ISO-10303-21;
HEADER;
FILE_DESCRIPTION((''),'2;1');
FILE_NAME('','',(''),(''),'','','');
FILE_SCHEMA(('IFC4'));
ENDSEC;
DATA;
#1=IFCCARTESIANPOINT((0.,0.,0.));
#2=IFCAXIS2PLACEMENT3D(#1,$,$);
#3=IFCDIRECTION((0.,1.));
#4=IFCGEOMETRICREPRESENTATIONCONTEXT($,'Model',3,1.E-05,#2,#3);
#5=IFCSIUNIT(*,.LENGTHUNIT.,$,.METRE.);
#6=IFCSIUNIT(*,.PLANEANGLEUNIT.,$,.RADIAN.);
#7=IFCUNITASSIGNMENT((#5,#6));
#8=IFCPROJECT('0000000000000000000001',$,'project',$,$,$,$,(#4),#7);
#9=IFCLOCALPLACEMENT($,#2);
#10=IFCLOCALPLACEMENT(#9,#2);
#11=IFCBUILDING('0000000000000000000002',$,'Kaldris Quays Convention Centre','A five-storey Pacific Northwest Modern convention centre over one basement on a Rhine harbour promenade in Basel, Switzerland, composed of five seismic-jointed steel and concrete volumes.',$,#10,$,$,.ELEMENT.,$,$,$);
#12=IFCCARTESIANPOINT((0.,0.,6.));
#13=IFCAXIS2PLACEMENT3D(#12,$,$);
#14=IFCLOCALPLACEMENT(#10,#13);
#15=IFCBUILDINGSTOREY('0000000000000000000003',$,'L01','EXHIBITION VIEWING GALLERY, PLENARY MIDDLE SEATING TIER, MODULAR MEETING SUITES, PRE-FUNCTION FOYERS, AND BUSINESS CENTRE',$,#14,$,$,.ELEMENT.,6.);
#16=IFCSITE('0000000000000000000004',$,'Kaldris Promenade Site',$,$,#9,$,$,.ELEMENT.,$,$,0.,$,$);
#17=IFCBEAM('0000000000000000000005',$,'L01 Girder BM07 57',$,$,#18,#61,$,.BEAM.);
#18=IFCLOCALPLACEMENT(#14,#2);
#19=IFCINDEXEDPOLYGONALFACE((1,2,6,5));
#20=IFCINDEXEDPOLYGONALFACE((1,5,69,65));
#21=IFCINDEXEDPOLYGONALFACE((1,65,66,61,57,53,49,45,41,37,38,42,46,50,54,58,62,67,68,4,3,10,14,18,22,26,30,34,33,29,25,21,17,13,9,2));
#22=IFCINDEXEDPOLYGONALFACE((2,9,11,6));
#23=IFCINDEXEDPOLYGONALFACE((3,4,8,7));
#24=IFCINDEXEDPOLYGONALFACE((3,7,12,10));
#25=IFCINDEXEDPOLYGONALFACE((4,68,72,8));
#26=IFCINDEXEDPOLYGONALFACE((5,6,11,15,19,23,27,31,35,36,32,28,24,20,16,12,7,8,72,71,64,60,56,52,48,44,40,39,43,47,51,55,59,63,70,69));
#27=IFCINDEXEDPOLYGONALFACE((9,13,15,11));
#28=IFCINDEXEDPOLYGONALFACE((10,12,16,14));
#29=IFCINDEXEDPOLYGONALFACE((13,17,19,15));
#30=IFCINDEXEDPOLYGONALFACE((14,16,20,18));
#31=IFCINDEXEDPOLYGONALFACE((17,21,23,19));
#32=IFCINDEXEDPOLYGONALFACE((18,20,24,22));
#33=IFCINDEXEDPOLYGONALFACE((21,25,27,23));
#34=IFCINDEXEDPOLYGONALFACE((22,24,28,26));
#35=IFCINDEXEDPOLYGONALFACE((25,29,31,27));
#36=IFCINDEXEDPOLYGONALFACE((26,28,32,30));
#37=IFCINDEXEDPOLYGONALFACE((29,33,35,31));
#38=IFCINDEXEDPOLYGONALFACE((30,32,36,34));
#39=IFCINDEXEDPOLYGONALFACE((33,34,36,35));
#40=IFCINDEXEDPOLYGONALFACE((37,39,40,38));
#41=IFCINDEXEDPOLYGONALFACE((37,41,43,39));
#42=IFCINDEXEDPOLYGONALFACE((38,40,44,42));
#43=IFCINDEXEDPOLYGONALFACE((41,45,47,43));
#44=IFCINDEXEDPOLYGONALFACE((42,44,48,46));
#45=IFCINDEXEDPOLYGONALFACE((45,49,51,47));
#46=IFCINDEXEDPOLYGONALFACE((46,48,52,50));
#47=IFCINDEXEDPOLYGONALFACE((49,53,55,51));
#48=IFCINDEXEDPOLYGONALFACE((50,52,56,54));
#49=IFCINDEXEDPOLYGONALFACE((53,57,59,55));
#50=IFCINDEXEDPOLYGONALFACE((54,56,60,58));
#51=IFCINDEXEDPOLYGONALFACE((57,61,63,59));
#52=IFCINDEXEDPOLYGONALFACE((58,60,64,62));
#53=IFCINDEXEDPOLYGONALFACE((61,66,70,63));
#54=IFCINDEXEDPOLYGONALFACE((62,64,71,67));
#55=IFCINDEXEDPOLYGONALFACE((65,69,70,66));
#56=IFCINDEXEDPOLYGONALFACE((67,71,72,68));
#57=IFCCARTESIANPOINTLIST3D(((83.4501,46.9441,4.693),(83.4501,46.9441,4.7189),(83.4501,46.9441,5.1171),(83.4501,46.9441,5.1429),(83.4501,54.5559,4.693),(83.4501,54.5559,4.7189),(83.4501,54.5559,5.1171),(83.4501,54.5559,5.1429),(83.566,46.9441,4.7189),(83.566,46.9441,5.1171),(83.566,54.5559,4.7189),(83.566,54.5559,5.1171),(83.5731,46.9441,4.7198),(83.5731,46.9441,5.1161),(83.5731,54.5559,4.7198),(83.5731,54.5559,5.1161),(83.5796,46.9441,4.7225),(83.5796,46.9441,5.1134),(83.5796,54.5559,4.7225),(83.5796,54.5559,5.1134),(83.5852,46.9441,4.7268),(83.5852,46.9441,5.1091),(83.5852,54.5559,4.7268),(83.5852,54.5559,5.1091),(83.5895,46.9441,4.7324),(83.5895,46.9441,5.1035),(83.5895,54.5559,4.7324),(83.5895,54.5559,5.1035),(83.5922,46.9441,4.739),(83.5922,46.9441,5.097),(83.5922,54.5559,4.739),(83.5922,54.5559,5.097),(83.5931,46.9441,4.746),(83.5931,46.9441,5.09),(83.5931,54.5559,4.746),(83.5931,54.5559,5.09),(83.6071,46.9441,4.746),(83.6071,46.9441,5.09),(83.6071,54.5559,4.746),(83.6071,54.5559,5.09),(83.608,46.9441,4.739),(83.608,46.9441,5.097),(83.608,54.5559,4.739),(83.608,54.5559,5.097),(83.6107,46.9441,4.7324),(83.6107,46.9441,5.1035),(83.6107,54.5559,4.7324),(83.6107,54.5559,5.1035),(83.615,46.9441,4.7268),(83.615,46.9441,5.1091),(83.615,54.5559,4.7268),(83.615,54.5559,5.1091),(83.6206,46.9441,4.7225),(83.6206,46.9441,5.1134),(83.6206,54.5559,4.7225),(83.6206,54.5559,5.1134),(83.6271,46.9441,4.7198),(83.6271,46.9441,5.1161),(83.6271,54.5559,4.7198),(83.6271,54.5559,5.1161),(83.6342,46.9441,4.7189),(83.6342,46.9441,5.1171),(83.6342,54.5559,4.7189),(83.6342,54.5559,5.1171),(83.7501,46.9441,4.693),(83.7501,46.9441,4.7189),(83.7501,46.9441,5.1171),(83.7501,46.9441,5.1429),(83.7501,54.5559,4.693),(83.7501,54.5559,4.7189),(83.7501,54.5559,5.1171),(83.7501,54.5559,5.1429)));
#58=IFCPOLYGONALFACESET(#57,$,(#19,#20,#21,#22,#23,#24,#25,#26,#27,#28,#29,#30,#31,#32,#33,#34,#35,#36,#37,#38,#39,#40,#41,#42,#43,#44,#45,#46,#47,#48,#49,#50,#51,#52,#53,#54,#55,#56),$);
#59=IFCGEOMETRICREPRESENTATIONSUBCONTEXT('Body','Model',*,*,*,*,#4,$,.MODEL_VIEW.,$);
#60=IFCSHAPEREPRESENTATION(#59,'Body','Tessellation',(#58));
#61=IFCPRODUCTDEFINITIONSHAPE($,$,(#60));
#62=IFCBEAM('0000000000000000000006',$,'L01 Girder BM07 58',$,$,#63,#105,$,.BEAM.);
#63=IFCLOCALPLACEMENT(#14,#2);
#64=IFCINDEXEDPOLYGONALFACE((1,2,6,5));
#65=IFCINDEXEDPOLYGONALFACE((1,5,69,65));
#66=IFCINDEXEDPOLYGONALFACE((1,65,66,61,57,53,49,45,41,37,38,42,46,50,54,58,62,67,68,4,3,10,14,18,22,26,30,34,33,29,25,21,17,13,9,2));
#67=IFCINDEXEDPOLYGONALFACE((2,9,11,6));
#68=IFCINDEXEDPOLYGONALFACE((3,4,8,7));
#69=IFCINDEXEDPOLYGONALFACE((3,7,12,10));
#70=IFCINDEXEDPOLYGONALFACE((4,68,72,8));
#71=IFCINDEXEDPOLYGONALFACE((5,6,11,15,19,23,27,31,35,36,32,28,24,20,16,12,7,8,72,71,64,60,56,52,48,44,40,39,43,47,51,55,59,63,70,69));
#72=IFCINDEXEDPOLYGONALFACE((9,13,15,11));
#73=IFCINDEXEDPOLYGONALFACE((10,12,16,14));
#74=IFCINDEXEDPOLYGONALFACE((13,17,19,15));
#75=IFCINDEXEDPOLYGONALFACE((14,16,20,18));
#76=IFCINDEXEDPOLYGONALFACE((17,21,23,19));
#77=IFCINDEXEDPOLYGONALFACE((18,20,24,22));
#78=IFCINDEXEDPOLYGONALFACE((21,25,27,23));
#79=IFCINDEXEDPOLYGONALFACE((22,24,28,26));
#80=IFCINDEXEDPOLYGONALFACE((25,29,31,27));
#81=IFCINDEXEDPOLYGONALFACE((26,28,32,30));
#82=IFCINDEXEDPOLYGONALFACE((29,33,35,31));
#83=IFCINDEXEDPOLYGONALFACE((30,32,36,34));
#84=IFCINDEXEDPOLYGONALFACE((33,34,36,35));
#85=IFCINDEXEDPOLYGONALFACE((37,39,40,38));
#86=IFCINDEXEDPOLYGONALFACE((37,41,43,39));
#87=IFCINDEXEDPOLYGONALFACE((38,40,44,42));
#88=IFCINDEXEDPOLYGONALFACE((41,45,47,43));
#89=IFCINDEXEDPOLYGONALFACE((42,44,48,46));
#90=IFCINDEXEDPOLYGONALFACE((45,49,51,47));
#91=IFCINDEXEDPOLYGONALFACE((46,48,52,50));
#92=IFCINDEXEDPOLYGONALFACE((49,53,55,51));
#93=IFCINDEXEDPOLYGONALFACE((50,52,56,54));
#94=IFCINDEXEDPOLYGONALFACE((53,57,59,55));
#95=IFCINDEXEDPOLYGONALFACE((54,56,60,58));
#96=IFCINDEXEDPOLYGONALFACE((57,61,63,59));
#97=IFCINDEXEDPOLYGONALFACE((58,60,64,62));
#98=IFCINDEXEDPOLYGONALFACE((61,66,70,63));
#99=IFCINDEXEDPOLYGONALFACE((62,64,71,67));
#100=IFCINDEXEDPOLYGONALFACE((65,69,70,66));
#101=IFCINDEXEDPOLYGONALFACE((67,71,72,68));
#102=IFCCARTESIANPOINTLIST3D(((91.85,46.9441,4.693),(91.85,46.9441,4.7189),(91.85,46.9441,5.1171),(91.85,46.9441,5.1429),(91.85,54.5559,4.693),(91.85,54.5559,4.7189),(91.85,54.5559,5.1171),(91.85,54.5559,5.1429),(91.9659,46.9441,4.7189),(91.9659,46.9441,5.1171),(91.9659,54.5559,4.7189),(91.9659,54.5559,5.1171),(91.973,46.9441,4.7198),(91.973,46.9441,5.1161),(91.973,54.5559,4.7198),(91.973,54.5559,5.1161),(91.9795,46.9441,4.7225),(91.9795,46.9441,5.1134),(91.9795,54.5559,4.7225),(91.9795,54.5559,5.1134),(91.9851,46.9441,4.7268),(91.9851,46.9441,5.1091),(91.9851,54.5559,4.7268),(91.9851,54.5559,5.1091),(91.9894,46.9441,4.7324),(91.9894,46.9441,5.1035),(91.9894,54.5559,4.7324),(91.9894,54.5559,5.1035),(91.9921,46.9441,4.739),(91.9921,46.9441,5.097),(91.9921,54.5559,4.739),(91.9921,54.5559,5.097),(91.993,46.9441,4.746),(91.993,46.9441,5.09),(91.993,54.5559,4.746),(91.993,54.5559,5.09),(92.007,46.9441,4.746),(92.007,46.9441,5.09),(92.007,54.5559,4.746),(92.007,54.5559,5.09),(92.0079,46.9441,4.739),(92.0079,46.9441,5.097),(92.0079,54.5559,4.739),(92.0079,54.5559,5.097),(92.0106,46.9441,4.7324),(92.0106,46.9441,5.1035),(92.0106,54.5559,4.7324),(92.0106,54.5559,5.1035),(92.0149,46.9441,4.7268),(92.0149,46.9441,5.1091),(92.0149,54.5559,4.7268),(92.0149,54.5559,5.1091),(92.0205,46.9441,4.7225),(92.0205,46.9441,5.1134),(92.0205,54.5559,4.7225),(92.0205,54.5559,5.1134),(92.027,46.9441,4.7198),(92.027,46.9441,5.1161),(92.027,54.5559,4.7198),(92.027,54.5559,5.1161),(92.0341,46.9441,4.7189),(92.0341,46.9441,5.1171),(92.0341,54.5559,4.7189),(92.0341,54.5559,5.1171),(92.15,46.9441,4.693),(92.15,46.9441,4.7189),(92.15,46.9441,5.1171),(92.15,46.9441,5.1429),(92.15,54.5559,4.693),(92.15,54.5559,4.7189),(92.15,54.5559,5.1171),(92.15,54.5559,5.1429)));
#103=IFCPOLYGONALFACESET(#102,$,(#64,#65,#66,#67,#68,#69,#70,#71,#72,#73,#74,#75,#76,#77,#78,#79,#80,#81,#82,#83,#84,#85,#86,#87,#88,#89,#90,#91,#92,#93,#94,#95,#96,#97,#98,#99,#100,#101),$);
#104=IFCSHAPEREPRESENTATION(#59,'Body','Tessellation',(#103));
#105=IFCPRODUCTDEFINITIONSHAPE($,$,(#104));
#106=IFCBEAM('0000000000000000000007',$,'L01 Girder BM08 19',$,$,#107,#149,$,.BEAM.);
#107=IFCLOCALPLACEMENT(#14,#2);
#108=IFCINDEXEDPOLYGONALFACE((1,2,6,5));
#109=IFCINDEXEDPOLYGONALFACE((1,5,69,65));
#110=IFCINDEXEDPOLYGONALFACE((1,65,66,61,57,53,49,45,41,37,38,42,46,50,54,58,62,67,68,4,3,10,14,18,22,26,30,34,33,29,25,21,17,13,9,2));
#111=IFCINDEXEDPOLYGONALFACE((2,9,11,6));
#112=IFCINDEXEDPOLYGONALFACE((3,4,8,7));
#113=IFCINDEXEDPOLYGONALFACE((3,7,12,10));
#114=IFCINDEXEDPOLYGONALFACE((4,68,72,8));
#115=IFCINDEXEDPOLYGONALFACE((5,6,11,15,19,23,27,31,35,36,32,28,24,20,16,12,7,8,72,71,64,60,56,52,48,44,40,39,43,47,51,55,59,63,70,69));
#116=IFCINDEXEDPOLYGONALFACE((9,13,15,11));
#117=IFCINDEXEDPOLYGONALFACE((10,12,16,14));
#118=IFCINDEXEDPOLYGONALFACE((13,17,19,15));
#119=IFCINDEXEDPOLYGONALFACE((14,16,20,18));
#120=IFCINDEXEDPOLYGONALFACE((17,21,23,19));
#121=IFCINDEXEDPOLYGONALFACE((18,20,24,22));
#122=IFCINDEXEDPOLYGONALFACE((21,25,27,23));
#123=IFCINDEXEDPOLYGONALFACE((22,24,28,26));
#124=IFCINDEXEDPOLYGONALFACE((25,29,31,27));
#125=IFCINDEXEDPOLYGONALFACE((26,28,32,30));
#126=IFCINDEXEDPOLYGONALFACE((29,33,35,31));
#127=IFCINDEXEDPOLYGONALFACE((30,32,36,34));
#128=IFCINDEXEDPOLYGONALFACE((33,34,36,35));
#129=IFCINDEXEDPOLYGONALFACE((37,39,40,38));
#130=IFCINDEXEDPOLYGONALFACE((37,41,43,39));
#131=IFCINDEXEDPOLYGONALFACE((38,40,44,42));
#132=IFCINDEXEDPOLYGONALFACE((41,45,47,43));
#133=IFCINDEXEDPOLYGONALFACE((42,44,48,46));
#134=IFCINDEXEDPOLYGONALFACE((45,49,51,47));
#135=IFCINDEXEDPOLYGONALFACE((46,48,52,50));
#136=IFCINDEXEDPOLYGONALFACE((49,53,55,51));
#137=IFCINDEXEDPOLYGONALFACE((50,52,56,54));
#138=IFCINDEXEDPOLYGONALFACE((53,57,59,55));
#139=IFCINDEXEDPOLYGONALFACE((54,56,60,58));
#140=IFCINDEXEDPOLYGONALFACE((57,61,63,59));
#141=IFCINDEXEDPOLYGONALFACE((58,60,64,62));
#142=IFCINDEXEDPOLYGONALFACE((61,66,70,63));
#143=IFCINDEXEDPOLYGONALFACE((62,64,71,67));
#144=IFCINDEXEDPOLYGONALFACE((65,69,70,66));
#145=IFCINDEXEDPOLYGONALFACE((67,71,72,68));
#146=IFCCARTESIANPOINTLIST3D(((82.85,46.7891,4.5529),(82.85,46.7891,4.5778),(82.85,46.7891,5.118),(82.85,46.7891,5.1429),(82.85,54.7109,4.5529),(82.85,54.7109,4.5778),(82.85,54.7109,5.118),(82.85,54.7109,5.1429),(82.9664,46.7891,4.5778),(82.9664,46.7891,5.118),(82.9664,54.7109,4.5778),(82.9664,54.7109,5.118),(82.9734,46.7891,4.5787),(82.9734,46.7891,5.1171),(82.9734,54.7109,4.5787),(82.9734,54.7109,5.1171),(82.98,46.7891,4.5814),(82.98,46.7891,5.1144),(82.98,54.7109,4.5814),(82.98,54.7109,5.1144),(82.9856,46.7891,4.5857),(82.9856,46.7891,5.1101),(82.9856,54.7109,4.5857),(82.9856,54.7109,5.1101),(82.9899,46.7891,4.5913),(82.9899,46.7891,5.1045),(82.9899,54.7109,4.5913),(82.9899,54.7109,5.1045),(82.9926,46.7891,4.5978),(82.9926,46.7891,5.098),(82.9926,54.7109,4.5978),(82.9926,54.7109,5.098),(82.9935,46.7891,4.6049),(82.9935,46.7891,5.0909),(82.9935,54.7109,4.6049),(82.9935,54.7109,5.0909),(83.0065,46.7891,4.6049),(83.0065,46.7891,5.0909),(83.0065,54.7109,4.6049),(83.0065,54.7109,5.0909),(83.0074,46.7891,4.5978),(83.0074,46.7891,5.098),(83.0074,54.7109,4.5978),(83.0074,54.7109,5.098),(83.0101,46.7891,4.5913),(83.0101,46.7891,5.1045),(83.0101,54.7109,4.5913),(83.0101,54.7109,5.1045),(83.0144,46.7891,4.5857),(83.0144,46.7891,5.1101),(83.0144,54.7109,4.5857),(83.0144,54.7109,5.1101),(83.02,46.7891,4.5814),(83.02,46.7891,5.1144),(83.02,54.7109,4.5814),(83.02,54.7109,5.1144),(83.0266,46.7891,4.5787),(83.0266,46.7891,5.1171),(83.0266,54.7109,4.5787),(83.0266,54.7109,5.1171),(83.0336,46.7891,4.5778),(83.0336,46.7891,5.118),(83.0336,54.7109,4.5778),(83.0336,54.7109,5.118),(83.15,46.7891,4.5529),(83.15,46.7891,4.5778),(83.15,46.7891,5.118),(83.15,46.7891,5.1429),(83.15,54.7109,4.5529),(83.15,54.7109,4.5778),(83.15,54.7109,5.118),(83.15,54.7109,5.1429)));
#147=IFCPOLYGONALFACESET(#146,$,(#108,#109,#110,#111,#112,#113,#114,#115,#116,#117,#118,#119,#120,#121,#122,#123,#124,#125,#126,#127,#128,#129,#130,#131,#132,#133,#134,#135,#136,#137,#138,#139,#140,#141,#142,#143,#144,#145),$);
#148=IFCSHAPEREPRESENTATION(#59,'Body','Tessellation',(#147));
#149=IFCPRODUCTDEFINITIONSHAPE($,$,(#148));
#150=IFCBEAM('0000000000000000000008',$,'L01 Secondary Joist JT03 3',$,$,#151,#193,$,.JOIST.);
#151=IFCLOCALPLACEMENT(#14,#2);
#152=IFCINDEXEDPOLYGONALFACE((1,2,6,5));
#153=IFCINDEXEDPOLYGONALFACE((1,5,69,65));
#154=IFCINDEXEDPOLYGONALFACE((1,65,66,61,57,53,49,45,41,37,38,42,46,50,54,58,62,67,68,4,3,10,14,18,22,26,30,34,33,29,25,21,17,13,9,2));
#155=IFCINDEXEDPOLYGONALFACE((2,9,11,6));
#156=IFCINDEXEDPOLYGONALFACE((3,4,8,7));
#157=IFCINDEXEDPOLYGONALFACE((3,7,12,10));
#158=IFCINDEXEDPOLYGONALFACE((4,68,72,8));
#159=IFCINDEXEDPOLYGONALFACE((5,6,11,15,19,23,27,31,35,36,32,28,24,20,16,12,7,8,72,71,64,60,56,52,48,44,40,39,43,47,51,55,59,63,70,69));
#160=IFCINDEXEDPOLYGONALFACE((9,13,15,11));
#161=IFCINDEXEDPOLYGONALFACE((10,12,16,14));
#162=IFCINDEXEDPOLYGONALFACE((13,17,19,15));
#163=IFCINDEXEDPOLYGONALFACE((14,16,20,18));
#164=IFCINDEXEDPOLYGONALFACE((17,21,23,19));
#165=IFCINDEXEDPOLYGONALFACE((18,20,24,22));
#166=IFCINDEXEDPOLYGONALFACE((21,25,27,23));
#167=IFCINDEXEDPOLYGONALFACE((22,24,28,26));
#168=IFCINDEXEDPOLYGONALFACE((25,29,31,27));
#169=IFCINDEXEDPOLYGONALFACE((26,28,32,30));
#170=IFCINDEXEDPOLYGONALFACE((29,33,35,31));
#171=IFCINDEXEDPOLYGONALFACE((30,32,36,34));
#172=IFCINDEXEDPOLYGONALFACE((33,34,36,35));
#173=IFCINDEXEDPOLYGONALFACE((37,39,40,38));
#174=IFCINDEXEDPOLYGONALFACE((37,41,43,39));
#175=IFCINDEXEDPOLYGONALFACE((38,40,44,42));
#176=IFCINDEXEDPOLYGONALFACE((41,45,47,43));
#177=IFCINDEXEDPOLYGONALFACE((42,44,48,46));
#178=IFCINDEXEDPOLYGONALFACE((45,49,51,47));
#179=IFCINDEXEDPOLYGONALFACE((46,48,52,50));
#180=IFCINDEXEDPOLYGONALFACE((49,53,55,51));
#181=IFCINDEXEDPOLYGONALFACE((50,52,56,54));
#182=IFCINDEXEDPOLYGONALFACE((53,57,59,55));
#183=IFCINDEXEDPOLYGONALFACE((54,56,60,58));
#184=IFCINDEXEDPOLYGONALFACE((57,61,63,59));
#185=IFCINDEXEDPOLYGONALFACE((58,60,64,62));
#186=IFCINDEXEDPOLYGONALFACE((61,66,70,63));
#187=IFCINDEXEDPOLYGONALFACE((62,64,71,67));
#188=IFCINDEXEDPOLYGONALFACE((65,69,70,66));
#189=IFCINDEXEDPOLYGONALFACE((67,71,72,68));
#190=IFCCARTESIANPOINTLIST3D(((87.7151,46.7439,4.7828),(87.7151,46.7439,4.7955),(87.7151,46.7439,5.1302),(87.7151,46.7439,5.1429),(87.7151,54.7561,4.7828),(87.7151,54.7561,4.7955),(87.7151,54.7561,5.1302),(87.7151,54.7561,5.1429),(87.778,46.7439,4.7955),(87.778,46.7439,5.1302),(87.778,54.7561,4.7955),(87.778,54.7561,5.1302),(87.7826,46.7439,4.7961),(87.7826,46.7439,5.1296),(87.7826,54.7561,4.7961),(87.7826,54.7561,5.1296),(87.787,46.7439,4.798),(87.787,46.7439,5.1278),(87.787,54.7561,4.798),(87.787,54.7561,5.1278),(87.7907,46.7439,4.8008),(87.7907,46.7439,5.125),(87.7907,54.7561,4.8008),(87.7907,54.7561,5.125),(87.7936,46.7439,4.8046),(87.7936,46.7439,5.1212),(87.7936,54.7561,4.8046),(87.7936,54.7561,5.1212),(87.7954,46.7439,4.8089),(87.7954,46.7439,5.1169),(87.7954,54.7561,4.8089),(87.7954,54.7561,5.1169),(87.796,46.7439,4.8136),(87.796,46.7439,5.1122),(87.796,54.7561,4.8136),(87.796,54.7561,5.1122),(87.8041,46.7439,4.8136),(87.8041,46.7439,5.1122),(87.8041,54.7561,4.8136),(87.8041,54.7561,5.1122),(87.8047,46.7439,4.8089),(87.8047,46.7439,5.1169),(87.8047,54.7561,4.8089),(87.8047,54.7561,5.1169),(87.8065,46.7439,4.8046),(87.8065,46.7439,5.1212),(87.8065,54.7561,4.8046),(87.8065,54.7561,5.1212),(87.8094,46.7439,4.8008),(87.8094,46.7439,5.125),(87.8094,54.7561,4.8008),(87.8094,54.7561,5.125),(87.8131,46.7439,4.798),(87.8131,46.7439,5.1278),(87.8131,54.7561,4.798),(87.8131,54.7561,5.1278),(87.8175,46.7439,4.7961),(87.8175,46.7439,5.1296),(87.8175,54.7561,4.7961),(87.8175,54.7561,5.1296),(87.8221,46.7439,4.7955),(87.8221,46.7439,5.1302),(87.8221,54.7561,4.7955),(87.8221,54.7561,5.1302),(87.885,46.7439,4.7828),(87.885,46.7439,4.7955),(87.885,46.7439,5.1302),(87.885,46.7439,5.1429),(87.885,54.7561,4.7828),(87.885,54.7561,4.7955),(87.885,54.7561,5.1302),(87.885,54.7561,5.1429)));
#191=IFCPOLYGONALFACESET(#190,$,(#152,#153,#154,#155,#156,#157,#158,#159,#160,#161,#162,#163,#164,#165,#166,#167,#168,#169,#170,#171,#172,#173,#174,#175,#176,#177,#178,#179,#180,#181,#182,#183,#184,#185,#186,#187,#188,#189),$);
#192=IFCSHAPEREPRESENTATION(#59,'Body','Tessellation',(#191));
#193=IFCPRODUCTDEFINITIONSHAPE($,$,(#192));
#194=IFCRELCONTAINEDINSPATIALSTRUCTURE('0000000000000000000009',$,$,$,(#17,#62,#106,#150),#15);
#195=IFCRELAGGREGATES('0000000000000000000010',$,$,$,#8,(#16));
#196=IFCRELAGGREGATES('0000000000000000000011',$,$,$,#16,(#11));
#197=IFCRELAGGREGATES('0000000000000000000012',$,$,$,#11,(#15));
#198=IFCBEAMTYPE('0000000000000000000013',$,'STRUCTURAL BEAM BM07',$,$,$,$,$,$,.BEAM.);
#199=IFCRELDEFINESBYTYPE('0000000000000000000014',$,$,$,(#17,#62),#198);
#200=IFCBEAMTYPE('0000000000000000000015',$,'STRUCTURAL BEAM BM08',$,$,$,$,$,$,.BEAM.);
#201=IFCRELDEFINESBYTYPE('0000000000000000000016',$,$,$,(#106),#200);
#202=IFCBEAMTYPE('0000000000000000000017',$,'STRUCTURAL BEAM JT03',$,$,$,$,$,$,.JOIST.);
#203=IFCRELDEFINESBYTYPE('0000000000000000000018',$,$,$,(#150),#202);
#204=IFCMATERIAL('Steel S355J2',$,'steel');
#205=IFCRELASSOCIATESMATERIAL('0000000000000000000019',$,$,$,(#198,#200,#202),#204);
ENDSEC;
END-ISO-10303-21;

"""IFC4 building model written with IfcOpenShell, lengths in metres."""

from ifc_helpers import new_model, si_unit, direction, frame, origin, origin_2d, place, context, subcontext, project, spatial, i_section, extrude, material, material_profile, profile_set, type_object, element, save


model = new_model("IFC4")

# Units and contexts
model_context = context("Model", 3, precision=1e-05, world=origin(), true_north=direction((0.0, 1.0)))
body_context = subcontext(model_context, "Body", "Model", "MODEL_VIEW")
ifc_project = project(units=[si_unit("LENGTHUNIT", "METRE"), si_unit("PLANEANGLEUNIT", "RADIAN")], contexts=[model_context])

# Site, building, storey
site_placement = place(None, origin())
site = spatial("IfcSite", under=ifc_project, at=site_placement, Name="Kaldris Promenade Site", CompositionType="ELEMENT", RefElevation=0.0)
building_placement = place(site_placement, origin())
building = spatial("IfcBuilding", under=site, at=building_placement, Name="Kaldris Quays Convention Centre", Description="A five-storey Pacific Northwest Modern convention centre over one basement on a Rhine harbour promenade in Basel, Switzerland, composed of five seismic-jointed steel and concrete volumes.", CompositionType="ELEMENT")
storey_placement = place(building_placement, frame((0.0, 0.0, 6.0)))
storey = spatial("IfcBuildingStorey", under=building, at=storey_placement, Name="L01", Description="EXHIBITION VIEWING GALLERY, PLENARY MIDDLE SEATING TIER, MODULAR MEETING SUITES, PRE-FUNCTION FOYERS, AND BUSINESS CENTRE", CompositionType="ELEMENT", Elevation=6.0)

# Beams
ifc_material_1 = material(Name="Steel S355J2", Category="steel")
ifc_material_profile_1 = material_profile(ifc_material_1, i_section(OverallWidth=0.3, OverallDepth=0.45, WebThickness=0.0139, FlangeThickness=0.0259, FilletRadius=0.0271, at=origin_2d()), Name="HEB 450")
ifc_profile_set_1 = profile_set([ifc_material_profile_1], Name="Steel S355J2")
beam_type_1 = type_object("IfcBeamType", Name="STRUCTURAL BEAM BM07", PredefinedType="BEAM", material=ifc_profile_set_1)
for number, where, z_axis, x_axis, name in (
    (1, (83.6001, 46.9441, 4.918), (0.0, 1.0, 0.0), (-1.0, 0.0, 0.0), "L01 Girder BM07 57"),
    (2, (92.0, 46.9441, 4.918), (0.0, 1.0, 0.0), (-1.0, 0.0, 0.0), "L01 Girder BM07 58"),
):
    element("IfcBeam", number, at=place(storey_placement, frame(where, z_axis=z_axis, x_axis=x_axis)), inside=storey, type_object=beam_type_1, Name=name, PredefinedType="BEAM", context=body_context, shape_type="SweptSolid", body=[
        extrude(i_section(OverallWidth=0.3, OverallDepth=0.45, WebThickness=0.0139, FlangeThickness=0.0259, FilletRadius=0.0271, at=origin_2d()), origin(), (0.0, 0.0, 1.0), 7.6118),
    ])
ifc_material_profile_2 = material_profile(ifc_material_1, i_section(OverallWidth=0.3, OverallDepth=0.5901, WebThickness=0.0129, FlangeThickness=0.0249, FilletRadius=0.0271, at=origin_2d()), Name="HEA 600")
ifc_profile_set_2 = profile_set([ifc_material_profile_2], Name="Steel S355J2")
beam_type_2 = type_object("IfcBeamType", Name="STRUCTURAL BEAM BM08", PredefinedType="BEAM", material=ifc_profile_set_2)
beam_1_placement = place(storey_placement, frame((83.0, 46.7891, 4.8479), z_axis=(0.0, 1.0, 0.0), x_axis=(-1.0, 0.0, 0.0)))
element("IfcBeam", 3, at=beam_1_placement, inside=storey, type_object=beam_type_2, Name="L01 Girder BM08 19", PredefinedType="BEAM", context=body_context, shape_type="SweptSolid", body=[
    extrude(i_section(OverallWidth=0.3, OverallDepth=0.5901, WebThickness=0.0129, FlangeThickness=0.0249, FilletRadius=0.0271, at=origin_2d()), origin(), (0.0, 0.0, 1.0), 7.9219),
])
ifc_material_profile_3 = material_profile(ifc_material_1, i_section(OverallWidth=0.1699, OverallDepth=0.3601, WebThickness=0.0081, FlangeThickness=0.0127, FilletRadius=0.0181, at=origin_2d()), Name="IPE 360")
ifc_profile_set_3 = profile_set([ifc_material_profile_3], Name="Steel S355J2")
beam_type_3 = type_object("IfcBeamType", Name="STRUCTURAL BEAM JT03", PredefinedType="JOIST", material=ifc_profile_set_3)
beam_2_placement = place(storey_placement, frame((87.8, 46.7439, 4.9629), z_axis=(0.0, 1.0, 0.0), x_axis=(-1.0, 0.0, 0.0)))
element("IfcBeam", 4, at=beam_2_placement, inside=storey, type_object=beam_type_3, Name="L01 Secondary Joist JT03 3", PredefinedType="JOIST", context=body_context, shape_type="SweptSolid", body=[
    extrude(i_section(OverallWidth=0.1699, OverallDepth=0.3601, WebThickness=0.0081, FlangeThickness=0.0127, FilletRadius=0.0181, at=origin_2d()), origin(), (0.0, 0.0, 1.0), 8.0122),
])

save(model, "model.ifc")
